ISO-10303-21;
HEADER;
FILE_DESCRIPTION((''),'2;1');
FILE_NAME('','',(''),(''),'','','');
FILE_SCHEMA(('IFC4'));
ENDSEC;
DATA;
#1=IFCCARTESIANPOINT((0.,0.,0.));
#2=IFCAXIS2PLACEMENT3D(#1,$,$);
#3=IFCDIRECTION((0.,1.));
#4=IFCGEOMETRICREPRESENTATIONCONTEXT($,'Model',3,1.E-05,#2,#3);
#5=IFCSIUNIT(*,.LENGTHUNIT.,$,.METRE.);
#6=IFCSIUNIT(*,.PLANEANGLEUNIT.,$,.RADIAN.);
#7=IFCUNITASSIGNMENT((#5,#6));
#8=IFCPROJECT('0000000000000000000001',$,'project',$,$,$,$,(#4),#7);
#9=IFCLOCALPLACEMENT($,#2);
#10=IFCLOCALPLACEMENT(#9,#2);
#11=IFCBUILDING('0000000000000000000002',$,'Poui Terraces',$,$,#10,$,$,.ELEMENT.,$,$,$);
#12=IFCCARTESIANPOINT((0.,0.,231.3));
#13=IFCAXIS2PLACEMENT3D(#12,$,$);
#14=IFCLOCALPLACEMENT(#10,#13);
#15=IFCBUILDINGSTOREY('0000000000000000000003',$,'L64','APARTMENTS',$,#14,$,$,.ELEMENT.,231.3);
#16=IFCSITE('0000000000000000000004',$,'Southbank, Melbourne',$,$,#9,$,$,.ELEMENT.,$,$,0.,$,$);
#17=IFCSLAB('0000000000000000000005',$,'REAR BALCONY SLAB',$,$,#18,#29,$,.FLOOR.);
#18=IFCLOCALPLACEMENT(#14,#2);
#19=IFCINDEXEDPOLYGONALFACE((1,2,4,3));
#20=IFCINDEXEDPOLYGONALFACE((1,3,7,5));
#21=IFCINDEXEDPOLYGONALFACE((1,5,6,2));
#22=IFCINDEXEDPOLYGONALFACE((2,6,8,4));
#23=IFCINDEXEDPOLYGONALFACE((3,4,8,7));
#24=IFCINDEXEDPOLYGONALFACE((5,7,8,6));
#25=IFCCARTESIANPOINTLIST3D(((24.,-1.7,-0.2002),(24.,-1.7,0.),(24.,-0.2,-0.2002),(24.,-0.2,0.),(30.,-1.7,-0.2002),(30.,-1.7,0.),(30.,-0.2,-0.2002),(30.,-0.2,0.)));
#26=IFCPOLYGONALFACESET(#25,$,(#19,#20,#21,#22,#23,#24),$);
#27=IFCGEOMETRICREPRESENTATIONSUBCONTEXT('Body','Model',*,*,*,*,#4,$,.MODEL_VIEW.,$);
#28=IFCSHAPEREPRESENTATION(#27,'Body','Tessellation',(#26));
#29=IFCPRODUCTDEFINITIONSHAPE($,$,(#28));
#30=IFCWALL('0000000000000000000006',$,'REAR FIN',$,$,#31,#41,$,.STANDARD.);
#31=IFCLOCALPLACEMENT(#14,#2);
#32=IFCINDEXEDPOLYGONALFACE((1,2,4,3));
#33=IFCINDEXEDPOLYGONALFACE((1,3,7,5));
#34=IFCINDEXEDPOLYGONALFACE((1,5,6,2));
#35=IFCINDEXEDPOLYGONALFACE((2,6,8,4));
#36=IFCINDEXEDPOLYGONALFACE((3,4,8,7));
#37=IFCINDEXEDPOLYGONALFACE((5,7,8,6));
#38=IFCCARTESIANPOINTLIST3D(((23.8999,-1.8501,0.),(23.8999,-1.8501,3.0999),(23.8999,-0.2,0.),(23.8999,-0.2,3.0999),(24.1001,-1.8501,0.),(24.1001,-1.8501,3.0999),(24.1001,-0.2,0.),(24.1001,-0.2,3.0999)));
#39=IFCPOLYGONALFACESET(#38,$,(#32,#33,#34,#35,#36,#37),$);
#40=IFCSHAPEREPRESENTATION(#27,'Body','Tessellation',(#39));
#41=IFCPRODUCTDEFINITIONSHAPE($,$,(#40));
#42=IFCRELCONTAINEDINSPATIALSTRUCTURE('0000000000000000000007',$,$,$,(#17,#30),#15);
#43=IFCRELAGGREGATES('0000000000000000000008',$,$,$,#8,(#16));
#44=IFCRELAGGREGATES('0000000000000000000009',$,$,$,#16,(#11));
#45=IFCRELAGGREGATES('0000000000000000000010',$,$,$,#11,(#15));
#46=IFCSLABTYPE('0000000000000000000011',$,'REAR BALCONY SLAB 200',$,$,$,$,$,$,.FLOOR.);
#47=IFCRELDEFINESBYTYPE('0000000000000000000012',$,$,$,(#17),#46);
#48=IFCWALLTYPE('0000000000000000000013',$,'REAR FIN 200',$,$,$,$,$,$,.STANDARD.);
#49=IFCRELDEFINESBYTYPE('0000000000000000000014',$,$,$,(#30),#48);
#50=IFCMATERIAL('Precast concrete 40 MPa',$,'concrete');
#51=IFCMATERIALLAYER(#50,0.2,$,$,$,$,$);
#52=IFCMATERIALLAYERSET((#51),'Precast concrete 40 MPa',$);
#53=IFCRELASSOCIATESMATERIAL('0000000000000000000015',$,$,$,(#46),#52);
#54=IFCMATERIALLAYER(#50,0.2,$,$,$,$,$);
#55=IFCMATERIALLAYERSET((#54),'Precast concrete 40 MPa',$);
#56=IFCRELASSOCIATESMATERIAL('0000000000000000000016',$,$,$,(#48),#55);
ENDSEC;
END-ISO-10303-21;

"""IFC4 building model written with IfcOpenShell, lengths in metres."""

from ifc_helpers import new_model, si_unit, direction, frame, origin, place, context, subcontext, project, spatial, polyline, outline, extrude, source, transform, mapped, material, layer, layer_set, type_object, element, save


model = new_model("IFC4")

# Units and contexts
model_context = context("Model", 3, precision=1e-05, world=origin(), true_north=direction((0.0, 1.0)))
body_context = subcontext(model_context, "Body", "Model", "MODEL_VIEW")
ifc_project = project(units=[si_unit("LENGTHUNIT", "METRE"), si_unit("PLANEANGLEUNIT", "RADIAN")], contexts=[model_context])

# Site, building, storey
site_placement = place(None, origin())
site = spatial("IfcSite", under=ifc_project, at=site_placement, Name="Southbank, Melbourne", CompositionType="ELEMENT", RefElevation=0.0)
building_placement = place(site_placement, origin())
building = spatial("IfcBuilding", under=site, at=building_placement, Name="Poui Terraces", CompositionType="ELEMENT")
storey_placement = place(building_placement, frame((0.0, 0.0, 231.3)))
storey = spatial("IfcBuildingStorey", under=building, at=storey_placement, Name="L64", Description="APARTMENTS", CompositionType="ELEMENT", Elevation=231.3)

# Slab
ifc_material = material(Name="Precast concrete 40 MPa", Category="concrete")
ifc_layer_1 = layer(ifc_material, 0.2)
ifc_layer_set_1 = layer_set([ifc_layer_1], Name="Precast concrete 40 MPa")
slab_type = type_object("IfcSlabType", Name="REAR BALCONY SLAB 200", PredefinedType="FLOOR", material=ifc_layer_set_1)
shared_shape_1 = source(origin(), body_context, "Body", "SweptSolid", [
    extrude(outline(polyline([(0.0, 0.0), (6.0, 0.0), (6.0, 1.5), (0.0, 1.5), (0.0, 0.0)])), origin(), (0.0, 0.0, 1.0), 0.2002),
])
slab_placement = place(storey_placement, frame((24.0, -1.7, -0.2002)))
element("IfcSlab", 1, at=slab_placement, inside=storey, type_object=slab_type, Name="REAR BALCONY SLAB", PredefinedType="FLOOR", context=body_context, shape_type="MappedRepresentation", body=[
    mapped(shared_shape_1, transform((0.0, 0.0, 0.0))),
])

# Wall
ifc_layer_2 = layer(ifc_material, 0.2)
ifc_layer_set_2 = layer_set([ifc_layer_2], Name="Precast concrete 40 MPa")
wall_type = type_object("IfcWallType", Name="REAR FIN 200", PredefinedType="STANDARD", material=ifc_layer_set_2)
shared_shape_2 = source(origin(), body_context, "Body", "SweptSolid", [
    extrude(outline(polyline([(0.0, 0.0), (0.2002, 0.0), (0.2002, 1.6501), (0.0, 1.6501), (0.0, 0.0)])), origin(), (0.0, 0.0, 1.0), 3.0999),
])
wall_placement = place(storey_placement, frame((23.8999, -1.8501, 0.0)))
element("IfcWall", 2, at=wall_placement, inside=storey, type_object=wall_type, Name="REAR FIN", PredefinedType="STANDARD", context=body_context, shape_type="MappedRepresentation", body=[
    mapped(shared_shape_2, transform((0.0, 0.0, 0.0))),
])

save(model, "model.ifc")
